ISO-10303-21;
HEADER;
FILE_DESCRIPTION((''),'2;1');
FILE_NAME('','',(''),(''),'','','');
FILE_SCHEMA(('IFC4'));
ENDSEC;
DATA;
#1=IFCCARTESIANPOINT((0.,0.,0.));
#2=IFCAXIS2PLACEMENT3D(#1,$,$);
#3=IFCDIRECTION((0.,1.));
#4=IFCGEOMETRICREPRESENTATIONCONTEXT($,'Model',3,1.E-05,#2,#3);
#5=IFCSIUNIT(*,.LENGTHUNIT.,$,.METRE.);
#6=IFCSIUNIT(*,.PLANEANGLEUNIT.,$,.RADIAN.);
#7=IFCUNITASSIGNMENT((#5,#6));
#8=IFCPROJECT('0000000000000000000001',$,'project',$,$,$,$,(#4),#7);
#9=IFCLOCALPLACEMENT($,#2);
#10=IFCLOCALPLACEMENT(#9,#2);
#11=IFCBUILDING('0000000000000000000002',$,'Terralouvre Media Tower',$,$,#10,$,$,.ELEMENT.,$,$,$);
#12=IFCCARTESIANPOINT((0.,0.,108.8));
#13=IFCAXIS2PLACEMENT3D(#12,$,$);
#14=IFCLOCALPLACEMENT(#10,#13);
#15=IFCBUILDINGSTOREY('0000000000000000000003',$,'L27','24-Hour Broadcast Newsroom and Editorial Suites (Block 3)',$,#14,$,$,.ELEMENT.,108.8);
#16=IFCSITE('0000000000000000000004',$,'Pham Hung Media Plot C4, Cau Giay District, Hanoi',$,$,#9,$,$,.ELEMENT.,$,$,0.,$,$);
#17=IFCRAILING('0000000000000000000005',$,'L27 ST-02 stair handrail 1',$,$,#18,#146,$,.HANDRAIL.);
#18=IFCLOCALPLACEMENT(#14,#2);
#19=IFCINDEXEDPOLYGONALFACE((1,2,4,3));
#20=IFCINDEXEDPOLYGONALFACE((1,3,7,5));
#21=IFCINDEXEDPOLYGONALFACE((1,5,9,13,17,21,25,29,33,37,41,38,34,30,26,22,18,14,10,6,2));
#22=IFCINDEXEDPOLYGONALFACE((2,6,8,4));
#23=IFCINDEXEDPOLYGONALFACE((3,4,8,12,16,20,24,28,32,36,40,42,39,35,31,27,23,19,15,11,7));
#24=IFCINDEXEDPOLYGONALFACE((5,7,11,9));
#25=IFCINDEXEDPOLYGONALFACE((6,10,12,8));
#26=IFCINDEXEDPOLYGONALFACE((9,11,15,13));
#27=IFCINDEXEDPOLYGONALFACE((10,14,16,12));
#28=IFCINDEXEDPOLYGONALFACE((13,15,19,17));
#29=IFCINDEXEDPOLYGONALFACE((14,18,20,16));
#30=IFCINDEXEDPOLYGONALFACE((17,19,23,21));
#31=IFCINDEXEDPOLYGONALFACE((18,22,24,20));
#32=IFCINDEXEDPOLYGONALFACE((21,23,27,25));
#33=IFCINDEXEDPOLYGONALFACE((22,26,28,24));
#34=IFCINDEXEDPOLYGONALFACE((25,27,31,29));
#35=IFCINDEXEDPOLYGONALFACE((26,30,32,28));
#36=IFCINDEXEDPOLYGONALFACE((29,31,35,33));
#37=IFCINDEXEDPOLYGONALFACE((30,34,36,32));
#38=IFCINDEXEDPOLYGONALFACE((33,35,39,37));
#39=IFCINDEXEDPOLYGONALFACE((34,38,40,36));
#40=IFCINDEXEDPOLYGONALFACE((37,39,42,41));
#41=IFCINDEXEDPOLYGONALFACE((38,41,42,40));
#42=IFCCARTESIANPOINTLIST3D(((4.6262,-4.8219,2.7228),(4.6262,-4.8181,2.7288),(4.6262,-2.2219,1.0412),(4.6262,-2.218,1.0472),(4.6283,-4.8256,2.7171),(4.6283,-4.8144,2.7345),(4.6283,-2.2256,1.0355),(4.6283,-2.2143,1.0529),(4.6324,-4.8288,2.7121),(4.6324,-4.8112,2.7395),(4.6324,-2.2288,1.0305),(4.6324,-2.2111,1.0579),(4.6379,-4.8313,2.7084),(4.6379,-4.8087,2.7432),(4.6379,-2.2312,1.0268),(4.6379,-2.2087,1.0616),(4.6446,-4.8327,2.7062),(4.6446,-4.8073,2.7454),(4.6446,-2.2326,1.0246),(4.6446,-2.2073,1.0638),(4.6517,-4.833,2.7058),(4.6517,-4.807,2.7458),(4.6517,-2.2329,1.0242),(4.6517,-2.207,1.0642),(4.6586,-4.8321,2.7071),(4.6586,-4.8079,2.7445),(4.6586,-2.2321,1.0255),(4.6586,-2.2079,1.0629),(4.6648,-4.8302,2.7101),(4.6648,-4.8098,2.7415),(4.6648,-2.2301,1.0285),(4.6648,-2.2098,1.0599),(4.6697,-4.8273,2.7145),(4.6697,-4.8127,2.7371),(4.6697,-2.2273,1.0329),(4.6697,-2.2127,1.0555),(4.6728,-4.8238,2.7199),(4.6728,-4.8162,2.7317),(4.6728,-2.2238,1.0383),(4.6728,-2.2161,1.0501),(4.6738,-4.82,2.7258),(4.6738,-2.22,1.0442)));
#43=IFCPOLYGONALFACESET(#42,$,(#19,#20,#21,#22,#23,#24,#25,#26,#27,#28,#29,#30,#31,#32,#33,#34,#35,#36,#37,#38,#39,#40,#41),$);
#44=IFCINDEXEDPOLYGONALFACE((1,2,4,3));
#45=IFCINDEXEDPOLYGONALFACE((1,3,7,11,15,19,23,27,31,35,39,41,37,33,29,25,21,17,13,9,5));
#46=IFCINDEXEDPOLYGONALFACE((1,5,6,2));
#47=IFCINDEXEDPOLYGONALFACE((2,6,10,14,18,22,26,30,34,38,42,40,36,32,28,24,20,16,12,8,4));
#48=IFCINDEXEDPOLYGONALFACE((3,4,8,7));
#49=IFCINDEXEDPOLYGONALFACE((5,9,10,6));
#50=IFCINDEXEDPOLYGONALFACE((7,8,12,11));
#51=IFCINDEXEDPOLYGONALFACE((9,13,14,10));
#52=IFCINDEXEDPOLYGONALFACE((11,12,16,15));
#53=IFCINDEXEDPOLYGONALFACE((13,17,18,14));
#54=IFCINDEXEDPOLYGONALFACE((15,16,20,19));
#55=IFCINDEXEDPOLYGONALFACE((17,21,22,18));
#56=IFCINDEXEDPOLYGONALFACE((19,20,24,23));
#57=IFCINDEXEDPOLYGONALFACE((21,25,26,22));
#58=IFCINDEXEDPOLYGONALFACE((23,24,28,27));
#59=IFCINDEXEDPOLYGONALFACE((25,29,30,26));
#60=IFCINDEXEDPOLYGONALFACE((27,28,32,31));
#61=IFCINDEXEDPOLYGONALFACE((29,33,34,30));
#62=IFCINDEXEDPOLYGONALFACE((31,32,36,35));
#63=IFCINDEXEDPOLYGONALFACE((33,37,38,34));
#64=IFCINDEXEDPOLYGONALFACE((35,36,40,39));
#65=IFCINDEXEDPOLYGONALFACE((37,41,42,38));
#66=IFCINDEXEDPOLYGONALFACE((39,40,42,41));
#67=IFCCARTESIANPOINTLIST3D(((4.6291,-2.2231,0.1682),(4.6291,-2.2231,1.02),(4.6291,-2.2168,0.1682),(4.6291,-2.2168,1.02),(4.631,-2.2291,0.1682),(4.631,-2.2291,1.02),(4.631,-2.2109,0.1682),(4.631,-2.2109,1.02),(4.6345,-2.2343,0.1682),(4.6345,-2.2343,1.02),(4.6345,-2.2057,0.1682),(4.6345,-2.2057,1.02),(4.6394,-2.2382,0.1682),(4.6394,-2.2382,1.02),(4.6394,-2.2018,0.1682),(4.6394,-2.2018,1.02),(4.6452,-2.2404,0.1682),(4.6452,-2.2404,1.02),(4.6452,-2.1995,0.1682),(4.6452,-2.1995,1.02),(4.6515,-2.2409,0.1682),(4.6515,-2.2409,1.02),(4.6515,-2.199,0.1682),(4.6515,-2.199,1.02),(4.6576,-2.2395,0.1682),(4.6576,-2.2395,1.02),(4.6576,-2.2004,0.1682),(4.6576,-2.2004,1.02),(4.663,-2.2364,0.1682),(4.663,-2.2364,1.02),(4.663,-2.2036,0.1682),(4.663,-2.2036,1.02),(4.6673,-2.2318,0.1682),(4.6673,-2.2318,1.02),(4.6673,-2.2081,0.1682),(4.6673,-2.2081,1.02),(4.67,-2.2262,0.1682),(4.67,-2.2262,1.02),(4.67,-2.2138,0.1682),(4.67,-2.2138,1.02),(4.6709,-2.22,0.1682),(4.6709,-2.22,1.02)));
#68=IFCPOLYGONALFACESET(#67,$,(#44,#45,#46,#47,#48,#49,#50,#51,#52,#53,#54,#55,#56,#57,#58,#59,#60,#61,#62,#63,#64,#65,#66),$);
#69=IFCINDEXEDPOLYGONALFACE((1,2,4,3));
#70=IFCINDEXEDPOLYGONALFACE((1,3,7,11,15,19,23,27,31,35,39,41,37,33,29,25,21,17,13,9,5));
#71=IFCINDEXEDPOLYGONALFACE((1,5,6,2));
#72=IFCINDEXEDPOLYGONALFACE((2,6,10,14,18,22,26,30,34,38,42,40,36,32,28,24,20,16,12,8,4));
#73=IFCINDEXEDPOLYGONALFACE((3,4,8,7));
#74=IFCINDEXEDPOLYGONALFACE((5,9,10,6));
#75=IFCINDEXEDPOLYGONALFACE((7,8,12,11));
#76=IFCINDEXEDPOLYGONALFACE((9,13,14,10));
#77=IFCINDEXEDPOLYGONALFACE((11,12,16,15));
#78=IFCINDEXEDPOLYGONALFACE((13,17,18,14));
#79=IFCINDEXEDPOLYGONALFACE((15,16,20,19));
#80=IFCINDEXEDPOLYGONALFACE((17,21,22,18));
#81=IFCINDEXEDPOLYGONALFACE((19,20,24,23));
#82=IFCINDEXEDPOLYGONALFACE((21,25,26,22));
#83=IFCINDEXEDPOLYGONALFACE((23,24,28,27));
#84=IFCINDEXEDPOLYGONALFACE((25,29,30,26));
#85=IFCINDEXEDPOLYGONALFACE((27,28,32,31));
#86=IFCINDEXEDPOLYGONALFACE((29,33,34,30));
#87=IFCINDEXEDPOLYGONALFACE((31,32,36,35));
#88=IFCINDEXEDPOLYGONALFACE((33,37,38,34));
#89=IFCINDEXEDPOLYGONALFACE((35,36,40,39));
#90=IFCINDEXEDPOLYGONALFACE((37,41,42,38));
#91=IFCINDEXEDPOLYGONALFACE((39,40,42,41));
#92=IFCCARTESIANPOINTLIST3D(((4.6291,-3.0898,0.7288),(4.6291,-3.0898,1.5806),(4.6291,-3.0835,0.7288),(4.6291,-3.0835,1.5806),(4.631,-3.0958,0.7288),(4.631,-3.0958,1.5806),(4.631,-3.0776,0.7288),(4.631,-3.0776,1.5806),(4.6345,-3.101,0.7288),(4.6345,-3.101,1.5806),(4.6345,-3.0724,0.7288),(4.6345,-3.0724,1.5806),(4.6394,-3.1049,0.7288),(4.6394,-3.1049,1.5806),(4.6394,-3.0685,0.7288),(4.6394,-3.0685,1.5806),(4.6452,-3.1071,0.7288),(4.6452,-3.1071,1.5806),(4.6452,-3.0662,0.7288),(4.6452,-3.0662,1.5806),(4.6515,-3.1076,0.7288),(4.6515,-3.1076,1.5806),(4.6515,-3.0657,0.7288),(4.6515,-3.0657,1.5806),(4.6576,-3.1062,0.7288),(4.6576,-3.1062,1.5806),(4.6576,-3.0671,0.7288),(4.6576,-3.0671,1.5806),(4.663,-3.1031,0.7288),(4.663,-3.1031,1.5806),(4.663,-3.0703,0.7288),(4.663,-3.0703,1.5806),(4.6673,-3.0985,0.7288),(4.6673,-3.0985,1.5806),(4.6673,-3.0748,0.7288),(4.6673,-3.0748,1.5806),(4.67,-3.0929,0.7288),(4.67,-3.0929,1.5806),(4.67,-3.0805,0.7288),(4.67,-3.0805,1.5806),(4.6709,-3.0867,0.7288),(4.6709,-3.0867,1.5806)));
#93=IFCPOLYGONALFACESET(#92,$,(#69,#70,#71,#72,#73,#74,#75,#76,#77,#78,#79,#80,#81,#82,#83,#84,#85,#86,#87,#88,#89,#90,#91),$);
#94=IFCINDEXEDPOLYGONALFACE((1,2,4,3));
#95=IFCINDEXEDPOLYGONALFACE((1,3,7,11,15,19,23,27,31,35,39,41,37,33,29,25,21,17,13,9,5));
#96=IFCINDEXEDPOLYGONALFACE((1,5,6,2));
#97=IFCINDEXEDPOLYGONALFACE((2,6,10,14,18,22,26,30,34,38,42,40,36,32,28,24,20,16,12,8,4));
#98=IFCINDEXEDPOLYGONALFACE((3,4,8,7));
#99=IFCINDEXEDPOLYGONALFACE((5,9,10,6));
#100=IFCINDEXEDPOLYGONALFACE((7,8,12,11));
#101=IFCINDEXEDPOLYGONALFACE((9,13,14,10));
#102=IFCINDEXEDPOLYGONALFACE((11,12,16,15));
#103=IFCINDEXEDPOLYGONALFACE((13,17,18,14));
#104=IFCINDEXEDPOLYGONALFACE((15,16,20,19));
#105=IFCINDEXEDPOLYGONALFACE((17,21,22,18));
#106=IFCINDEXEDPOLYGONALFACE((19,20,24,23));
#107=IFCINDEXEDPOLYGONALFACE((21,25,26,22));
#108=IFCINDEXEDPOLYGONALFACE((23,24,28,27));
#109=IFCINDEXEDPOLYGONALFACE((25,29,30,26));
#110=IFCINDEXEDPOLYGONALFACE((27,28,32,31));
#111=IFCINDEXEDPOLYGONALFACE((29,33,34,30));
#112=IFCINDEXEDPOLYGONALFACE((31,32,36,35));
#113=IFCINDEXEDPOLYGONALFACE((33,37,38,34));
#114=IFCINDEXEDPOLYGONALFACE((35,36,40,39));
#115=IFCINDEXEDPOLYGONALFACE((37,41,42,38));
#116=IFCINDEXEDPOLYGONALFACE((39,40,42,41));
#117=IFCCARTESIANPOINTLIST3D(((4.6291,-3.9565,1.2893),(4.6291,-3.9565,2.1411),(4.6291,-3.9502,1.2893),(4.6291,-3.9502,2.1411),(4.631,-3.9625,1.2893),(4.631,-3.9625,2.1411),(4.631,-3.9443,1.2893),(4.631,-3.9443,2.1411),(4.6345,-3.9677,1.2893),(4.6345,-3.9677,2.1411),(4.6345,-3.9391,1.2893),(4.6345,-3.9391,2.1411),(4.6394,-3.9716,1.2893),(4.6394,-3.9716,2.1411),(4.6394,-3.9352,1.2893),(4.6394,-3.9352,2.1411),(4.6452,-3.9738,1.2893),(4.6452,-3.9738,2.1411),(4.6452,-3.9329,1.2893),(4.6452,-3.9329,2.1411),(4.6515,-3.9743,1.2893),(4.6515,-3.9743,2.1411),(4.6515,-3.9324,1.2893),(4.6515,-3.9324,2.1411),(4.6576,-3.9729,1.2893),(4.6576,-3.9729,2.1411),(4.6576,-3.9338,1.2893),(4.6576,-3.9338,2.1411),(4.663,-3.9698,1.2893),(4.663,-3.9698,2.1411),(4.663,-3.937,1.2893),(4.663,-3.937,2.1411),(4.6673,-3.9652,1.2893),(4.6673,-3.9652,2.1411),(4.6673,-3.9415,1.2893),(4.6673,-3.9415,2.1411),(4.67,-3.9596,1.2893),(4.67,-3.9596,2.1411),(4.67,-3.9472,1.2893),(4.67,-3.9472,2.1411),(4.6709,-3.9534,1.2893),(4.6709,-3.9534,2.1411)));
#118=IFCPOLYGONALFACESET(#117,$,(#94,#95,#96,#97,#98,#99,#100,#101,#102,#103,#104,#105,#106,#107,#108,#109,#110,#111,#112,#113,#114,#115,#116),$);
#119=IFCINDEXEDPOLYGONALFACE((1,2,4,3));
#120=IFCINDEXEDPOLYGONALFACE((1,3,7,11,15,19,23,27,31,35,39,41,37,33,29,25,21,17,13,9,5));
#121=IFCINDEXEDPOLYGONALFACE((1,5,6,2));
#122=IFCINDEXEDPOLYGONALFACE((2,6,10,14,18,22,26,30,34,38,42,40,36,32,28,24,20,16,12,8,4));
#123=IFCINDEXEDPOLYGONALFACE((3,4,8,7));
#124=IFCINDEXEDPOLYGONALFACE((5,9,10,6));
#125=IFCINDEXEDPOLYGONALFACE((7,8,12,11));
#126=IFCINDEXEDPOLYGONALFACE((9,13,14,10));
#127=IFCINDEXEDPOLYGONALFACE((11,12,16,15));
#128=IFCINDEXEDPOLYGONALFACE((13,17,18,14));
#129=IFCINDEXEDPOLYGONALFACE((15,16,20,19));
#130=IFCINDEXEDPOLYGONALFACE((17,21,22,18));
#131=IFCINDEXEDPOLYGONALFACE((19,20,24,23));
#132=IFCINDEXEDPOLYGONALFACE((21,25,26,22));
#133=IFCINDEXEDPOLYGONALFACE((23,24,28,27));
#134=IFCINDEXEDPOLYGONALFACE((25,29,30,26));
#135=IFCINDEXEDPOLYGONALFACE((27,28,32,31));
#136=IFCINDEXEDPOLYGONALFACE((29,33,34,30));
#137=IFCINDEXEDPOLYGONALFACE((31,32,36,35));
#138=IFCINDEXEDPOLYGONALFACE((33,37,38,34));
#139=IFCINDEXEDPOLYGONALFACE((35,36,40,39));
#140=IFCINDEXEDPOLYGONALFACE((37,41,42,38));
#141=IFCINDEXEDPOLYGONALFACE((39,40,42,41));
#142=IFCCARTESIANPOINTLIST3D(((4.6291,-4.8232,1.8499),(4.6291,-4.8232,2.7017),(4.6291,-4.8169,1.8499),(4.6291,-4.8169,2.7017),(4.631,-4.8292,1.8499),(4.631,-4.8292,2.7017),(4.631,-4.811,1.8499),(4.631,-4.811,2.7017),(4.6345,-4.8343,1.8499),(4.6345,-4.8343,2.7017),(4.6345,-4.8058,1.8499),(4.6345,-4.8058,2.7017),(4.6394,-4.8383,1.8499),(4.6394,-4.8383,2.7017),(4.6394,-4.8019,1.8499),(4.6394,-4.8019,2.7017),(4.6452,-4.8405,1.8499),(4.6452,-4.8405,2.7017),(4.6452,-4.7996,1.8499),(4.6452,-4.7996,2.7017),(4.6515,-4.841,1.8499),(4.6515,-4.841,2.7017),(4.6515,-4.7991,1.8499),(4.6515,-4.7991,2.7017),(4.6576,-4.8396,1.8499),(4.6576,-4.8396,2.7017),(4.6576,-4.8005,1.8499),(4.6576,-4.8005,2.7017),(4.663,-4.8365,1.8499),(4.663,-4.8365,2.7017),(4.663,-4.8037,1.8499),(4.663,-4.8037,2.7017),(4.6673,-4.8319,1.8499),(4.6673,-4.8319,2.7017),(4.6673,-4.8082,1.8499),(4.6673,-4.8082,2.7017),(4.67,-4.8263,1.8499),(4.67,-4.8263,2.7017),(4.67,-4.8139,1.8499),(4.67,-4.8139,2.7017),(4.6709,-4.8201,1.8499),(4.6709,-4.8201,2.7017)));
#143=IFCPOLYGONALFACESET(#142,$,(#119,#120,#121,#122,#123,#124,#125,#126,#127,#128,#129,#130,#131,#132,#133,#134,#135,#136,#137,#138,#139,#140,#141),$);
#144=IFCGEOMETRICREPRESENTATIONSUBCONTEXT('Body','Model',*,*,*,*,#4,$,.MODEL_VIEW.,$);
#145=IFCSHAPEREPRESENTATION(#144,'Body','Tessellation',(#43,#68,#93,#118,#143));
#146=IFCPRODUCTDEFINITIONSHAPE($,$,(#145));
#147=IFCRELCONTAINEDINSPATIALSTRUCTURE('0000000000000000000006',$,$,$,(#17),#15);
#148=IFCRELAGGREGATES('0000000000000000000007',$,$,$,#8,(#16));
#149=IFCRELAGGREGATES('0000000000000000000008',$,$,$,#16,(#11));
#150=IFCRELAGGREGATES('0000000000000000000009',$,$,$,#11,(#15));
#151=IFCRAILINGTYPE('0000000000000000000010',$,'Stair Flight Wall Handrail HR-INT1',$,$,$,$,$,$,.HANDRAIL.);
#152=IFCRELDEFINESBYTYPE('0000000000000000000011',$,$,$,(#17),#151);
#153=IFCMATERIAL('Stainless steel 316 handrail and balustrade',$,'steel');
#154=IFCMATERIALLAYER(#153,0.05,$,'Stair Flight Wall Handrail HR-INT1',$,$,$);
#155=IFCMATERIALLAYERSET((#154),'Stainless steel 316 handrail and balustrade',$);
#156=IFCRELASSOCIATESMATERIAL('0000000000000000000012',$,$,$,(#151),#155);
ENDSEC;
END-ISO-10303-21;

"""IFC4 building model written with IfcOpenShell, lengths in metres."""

from ifc_helpers import new_model, si_unit, direction, frame, origin, origin_2d, place, context, subcontext, project, spatial, circle, extrude, material, layer, layer_set, type_object, element, save


model = new_model("IFC4")

# Units and contexts
model_context = context("Model", 3, precision=1e-05, world=origin(), true_north=direction((0.0, 1.0)))
body_context = subcontext(model_context, "Body", "Model", "MODEL_VIEW")
ifc_project = project(units=[si_unit("LENGTHUNIT", "METRE"), si_unit("PLANEANGLEUNIT", "RADIAN")], contexts=[model_context])

# Site, building, storey
site_placement = place(None, origin())
site = spatial("IfcSite", under=ifc_project, at=site_placement, Name="Pham Hung Media Plot C4, Cau Giay District, Hanoi", CompositionType="ELEMENT", RefElevation=0.0)
building_placement = place(site_placement, origin())
building = spatial("IfcBuilding", under=site, at=building_placement, Name="Terralouvre Media Tower", CompositionType="ELEMENT")
storey_placement = place(building_placement, frame((0.0, 0.0, 108.8)))
storey = spatial("IfcBuildingStorey", under=building, at=storey_placement, Name="L27", Description="24-Hour Broadcast Newsroom and Editorial Suites (Block 3)", CompositionType="ELEMENT", Elevation=108.8)

# Railing
ifc_material_1 = material(Name="Stainless steel 316 handrail and balustrade", Category="steel")
ifc_layer_1 = layer(ifc_material_1, 0.05, Name="Stair Flight Wall Handrail HR-INT1")
ifc_layer_set_1 = layer_set([ifc_layer_1], Name="Stainless steel 316 handrail and balustrade")
railing_type_1 = type_object("IfcRailingType", Name="Stair Flight Wall Handrail HR-INT1", PredefinedType="HANDRAIL", material=ifc_layer_set_1)
railing_1_placement = place(storey_placement, frame((4.6499, -2.22, 0.1682)))
element("IfcRailing", 1, at=railing_1_placement, inside=storey, type_object=railing_type_1, Name="L27 ST-02 stair handrail 1", PredefinedType="HANDRAIL", context=body_context, shape_type="SweptSolid", body=[
    extrude(circle(Radius=0.0239, at=origin_2d()), frame((0.0, 0.0, 0.876), z_axis=(0.0, -0.839684, 0.543075), x_axis=(1.0, 0.0, 0.0)), (0.0, 0.0, 1.0), 3.0964),
    extrude(circle(Radius=0.021, at=origin_2d()), origin(), (0.0, 0.0, 1.0), 0.8518),
    extrude(circle(Radius=0.021, at=origin_2d()), frame((0.0, -0.8667, 0.5605)), (0.0, 0.0, 1.0), 0.8518),
    extrude(circle(Radius=0.021, at=origin_2d()), frame((0.0, -1.7334, 1.1211)), (0.0, 0.0, 1.0), 0.8518),
    extrude(circle(Radius=0.021, at=origin_2d()), frame((0.0, -2.6001, 1.6816)), (0.0, 0.0, 1.0), 0.8518),
])

save(model, "model.ifc")
